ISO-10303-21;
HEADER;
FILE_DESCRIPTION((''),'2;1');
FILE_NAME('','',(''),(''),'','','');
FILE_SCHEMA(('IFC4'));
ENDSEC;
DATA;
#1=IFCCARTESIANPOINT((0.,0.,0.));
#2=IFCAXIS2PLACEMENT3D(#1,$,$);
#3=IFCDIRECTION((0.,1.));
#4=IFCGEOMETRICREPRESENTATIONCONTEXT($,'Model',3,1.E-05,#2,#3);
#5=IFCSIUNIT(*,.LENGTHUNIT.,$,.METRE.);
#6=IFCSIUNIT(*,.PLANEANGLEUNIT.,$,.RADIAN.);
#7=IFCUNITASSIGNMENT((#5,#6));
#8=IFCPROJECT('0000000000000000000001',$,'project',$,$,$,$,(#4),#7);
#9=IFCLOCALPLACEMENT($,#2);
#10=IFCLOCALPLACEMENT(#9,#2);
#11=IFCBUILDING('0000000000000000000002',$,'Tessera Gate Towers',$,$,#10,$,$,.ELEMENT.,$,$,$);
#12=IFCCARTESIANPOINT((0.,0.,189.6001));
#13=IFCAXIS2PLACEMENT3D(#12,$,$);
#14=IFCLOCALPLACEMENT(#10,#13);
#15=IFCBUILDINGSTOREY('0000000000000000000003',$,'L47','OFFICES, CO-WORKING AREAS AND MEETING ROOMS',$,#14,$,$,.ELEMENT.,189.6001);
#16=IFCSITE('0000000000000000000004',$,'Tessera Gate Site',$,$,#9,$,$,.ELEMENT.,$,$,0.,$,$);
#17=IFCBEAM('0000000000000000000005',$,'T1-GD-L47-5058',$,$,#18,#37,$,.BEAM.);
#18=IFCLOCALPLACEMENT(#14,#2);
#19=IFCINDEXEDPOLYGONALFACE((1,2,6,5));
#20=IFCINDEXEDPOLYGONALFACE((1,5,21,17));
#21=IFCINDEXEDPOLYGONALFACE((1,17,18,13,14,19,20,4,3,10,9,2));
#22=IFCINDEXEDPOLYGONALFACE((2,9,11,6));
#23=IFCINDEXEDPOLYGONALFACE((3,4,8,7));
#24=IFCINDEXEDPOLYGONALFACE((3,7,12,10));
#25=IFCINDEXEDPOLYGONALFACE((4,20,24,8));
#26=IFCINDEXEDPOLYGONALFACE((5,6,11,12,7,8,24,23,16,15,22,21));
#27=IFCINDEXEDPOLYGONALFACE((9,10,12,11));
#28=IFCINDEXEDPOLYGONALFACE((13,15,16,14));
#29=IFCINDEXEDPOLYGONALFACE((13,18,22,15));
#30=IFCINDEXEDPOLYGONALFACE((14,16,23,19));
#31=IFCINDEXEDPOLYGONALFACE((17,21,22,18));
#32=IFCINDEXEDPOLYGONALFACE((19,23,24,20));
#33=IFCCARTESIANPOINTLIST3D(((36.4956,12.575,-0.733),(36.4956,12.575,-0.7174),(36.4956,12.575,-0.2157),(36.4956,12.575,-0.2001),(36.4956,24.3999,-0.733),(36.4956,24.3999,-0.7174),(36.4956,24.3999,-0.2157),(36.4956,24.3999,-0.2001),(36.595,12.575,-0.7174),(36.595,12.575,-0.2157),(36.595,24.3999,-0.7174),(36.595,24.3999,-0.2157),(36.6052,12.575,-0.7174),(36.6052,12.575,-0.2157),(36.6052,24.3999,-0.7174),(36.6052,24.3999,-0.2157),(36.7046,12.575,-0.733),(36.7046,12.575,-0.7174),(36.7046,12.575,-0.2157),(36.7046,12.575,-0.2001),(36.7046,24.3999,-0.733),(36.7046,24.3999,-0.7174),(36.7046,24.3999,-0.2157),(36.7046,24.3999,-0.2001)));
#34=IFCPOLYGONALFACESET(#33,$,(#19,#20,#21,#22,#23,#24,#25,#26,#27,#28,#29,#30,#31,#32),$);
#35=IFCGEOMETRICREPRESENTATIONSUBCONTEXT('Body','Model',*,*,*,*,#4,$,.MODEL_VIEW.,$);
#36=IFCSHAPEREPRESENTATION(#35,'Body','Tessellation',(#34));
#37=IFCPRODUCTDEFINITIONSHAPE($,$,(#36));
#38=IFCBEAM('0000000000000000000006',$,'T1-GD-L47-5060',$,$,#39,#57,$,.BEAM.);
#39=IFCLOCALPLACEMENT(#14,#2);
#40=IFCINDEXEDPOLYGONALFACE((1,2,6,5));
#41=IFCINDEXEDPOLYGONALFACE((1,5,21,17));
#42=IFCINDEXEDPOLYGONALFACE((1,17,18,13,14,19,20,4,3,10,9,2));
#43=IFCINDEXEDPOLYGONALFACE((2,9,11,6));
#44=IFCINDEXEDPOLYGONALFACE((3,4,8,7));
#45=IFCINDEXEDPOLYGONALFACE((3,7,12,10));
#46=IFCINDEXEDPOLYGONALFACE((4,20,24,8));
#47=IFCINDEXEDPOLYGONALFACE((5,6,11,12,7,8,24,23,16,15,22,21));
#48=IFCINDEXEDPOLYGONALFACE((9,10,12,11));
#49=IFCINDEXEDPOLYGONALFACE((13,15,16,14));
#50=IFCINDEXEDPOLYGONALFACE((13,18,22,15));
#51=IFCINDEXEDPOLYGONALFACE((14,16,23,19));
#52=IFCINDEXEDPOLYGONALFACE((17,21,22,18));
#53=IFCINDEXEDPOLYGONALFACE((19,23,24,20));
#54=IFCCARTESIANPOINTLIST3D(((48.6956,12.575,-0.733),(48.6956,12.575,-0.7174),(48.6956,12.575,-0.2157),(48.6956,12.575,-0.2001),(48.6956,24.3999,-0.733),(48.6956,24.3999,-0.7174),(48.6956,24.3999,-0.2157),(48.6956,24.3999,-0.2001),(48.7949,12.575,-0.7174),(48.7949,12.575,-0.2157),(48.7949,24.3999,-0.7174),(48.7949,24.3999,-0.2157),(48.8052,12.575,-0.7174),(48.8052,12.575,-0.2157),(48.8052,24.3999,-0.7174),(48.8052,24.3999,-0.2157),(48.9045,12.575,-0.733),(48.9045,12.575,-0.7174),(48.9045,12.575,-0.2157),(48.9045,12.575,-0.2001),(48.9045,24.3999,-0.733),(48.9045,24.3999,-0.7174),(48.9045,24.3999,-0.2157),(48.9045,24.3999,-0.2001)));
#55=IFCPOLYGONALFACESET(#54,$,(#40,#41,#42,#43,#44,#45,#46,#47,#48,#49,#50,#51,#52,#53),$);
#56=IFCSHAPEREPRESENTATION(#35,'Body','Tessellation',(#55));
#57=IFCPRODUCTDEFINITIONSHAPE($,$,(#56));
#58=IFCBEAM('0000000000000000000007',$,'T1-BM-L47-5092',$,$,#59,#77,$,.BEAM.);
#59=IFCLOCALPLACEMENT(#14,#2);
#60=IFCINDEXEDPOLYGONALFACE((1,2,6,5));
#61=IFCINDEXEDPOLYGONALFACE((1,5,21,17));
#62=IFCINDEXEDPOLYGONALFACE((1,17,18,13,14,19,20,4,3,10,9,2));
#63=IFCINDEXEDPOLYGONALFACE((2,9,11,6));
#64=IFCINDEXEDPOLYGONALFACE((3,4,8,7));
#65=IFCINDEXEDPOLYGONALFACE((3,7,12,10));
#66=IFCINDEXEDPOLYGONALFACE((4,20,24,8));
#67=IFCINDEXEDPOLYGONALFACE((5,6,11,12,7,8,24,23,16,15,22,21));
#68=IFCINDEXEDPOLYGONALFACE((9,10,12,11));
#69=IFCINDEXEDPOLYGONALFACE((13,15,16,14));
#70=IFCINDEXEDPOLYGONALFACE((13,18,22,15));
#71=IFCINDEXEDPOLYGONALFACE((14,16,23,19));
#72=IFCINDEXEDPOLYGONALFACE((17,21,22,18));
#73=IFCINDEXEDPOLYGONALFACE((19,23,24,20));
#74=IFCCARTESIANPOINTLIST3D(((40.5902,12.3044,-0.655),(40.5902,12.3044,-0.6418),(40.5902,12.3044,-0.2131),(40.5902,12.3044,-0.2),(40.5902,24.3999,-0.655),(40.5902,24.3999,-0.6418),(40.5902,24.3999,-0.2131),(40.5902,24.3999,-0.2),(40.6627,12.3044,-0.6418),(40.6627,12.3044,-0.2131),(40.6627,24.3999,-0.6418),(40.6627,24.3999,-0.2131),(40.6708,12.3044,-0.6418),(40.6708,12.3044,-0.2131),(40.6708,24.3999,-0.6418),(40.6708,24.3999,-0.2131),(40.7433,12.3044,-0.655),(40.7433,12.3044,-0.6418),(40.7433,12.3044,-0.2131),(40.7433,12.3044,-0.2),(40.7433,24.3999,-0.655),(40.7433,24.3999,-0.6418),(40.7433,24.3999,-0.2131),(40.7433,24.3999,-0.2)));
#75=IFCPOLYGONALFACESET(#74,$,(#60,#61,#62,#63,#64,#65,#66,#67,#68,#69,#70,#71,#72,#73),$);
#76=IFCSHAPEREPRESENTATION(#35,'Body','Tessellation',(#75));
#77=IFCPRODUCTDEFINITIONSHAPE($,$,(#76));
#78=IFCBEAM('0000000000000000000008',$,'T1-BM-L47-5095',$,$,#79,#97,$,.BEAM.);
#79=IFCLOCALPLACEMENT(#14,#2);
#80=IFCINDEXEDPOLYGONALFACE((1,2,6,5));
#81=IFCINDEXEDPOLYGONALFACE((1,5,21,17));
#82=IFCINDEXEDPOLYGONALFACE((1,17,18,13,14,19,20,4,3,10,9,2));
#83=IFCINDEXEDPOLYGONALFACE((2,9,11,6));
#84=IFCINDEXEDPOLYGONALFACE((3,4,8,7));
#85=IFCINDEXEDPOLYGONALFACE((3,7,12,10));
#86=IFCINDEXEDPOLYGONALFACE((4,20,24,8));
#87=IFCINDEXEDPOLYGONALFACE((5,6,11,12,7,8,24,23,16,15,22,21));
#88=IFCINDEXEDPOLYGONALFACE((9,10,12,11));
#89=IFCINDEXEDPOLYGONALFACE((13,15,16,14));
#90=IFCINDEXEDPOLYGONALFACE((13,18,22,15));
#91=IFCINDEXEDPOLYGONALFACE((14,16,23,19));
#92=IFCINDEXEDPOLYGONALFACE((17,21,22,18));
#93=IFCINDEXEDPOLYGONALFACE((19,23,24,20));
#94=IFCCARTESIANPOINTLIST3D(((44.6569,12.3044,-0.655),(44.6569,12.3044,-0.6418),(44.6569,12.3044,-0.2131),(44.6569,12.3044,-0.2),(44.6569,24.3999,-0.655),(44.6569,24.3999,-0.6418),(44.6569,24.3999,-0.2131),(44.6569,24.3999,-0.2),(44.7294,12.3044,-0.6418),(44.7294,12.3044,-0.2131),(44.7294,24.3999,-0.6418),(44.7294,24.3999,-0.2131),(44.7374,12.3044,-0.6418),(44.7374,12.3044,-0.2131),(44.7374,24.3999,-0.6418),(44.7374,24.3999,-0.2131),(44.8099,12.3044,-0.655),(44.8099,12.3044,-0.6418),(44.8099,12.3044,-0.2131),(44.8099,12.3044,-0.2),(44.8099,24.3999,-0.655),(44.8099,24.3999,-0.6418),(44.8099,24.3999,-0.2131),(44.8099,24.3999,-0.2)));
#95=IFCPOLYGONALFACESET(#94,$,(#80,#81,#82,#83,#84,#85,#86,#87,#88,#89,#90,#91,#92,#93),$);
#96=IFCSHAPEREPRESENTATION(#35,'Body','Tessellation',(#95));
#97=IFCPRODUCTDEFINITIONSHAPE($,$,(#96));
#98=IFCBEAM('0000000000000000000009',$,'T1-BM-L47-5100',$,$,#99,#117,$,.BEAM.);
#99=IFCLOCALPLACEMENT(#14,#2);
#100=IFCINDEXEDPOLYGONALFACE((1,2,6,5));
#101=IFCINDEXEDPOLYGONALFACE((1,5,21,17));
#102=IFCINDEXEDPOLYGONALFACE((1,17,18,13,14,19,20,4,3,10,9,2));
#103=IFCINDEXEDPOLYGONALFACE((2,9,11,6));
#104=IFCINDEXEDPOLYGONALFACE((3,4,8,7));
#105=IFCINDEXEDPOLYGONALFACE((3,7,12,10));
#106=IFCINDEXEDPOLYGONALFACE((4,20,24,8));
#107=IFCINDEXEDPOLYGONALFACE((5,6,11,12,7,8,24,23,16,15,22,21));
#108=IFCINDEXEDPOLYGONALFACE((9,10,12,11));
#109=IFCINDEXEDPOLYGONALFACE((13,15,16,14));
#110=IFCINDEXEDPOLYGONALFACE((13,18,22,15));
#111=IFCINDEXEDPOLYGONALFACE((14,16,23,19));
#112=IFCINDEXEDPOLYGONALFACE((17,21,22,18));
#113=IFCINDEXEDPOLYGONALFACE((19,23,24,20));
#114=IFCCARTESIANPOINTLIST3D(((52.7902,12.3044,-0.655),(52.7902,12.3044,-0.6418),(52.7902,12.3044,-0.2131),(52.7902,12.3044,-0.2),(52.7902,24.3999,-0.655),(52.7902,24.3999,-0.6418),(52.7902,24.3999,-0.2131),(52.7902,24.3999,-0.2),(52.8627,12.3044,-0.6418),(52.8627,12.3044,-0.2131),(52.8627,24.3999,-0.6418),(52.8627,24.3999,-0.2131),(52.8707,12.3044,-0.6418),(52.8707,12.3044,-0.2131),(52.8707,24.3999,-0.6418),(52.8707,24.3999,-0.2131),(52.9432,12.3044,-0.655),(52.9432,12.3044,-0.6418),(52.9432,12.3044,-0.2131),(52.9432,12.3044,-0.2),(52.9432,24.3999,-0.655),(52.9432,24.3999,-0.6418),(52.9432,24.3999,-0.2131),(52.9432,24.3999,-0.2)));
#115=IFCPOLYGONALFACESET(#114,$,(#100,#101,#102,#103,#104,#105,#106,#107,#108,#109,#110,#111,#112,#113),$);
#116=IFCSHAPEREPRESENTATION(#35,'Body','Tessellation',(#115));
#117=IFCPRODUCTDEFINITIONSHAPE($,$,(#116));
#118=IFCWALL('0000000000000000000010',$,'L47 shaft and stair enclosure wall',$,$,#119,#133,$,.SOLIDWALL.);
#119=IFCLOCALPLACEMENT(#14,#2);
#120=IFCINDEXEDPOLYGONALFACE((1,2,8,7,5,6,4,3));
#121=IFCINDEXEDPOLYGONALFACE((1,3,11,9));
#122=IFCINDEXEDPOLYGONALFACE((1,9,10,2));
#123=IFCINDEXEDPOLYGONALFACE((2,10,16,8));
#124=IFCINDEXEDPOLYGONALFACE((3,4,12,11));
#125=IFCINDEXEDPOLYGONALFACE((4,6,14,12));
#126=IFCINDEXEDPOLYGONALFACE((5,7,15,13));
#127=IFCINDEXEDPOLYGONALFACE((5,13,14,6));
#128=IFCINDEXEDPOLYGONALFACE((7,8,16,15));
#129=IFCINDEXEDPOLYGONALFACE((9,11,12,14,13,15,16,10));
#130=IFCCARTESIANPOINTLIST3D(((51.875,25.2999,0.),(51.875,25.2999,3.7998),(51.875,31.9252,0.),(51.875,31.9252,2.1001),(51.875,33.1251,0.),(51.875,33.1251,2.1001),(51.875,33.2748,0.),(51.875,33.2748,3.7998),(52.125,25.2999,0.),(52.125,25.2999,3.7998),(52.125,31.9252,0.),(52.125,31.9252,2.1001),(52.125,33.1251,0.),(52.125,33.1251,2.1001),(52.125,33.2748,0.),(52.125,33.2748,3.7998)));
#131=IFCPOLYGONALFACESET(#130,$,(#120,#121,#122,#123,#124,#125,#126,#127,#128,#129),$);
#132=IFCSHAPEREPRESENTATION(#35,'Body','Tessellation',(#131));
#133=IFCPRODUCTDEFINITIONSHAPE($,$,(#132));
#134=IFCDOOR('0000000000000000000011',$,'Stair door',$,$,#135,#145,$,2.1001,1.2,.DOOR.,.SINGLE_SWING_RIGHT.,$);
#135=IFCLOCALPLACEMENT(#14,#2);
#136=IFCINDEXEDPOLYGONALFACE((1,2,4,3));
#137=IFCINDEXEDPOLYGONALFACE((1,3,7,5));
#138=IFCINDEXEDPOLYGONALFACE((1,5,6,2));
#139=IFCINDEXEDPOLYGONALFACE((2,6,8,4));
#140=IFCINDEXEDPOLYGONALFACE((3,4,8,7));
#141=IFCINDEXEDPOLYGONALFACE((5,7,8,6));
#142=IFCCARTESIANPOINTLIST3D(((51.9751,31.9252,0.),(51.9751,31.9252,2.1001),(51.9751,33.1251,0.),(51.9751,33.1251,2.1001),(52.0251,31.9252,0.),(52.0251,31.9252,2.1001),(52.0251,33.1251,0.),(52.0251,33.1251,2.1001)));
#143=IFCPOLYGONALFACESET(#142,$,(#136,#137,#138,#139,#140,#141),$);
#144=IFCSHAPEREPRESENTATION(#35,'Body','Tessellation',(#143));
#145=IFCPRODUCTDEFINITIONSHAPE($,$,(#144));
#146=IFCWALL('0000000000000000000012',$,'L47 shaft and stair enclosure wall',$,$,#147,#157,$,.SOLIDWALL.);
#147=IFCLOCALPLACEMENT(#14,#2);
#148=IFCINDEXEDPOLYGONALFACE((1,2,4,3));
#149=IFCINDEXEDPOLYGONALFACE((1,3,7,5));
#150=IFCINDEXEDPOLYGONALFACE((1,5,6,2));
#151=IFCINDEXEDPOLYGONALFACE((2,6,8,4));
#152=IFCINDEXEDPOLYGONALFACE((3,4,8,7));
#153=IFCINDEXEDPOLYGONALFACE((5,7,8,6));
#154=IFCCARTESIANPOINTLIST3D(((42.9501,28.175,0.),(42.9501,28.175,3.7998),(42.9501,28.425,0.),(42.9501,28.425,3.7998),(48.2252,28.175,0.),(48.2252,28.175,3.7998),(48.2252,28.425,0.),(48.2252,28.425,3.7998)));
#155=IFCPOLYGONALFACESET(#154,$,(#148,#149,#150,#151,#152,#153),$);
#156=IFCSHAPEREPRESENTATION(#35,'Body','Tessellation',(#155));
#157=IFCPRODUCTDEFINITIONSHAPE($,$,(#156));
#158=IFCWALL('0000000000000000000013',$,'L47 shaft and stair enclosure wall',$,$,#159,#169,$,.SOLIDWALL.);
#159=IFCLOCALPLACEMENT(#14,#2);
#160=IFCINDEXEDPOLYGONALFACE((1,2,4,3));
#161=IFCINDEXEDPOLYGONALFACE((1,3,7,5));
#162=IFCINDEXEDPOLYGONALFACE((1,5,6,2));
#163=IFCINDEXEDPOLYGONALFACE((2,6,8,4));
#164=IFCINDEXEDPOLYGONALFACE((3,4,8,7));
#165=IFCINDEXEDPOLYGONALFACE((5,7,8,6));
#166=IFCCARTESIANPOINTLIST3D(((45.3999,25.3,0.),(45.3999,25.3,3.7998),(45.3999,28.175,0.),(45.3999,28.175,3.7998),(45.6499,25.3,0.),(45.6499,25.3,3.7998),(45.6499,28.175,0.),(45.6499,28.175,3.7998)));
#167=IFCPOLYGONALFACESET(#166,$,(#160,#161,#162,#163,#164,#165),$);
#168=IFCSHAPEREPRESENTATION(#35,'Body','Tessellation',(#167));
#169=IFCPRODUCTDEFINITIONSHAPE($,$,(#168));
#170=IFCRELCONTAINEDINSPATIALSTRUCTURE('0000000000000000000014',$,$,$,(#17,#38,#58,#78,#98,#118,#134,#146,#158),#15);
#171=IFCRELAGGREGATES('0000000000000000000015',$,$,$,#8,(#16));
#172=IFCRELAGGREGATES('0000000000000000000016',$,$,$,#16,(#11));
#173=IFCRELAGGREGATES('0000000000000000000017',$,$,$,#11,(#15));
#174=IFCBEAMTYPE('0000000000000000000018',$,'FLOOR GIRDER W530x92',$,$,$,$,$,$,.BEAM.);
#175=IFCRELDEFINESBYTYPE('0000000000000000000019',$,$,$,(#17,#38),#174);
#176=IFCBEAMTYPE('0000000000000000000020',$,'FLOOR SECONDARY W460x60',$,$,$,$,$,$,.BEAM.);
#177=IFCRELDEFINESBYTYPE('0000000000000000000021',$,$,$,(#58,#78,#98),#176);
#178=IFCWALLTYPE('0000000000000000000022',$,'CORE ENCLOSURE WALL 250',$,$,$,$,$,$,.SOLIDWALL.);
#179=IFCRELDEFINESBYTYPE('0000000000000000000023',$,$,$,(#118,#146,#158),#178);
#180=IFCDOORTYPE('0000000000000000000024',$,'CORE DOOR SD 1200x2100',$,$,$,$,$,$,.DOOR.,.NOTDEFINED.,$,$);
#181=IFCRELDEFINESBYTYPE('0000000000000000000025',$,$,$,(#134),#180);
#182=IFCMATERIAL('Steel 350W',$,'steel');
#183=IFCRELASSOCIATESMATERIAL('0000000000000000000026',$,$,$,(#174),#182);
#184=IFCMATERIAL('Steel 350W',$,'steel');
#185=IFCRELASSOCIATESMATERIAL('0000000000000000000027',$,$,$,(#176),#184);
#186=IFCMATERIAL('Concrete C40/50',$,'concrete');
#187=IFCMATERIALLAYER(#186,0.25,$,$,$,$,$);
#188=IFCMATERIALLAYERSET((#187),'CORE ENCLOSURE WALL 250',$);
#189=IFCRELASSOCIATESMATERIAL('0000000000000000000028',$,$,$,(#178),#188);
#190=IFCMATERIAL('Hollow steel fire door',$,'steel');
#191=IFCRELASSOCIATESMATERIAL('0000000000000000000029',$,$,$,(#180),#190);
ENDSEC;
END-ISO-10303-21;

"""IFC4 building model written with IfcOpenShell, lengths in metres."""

from ifc_helpers import new_model, si_unit, direction, frame, frame_2d, origin, origin_2d, place, context, subcontext, project, spatial, rectangle, i_section, extrude, source, transform, mapped, material, layer, layer_set, material_profile, profile_set, type_object, element, fill, save


model = new_model("IFC4")

# Units and contexts
model_context = context("Model", 3, precision=1e-05, world=origin(), true_north=direction((0.0, 1.0)))
body_context = subcontext(model_context, "Body", "Model", "MODEL_VIEW")
ifc_project = project(units=[si_unit("LENGTHUNIT", "METRE"), si_unit("PLANEANGLEUNIT", "RADIAN")], contexts=[model_context])

# Site, building, storey
site_placement = place(None, origin())
site = spatial("IfcSite", under=ifc_project, at=site_placement, Name="Tessera Gate Site", CompositionType="ELEMENT", RefElevation=0.0)
building_placement = place(site_placement, origin())
building = spatial("IfcBuilding", under=site, at=building_placement, Name="Tessera Gate Towers", CompositionType="ELEMENT")
storey_placement = place(building_placement, frame((0.0, 0.0, 189.6001)))
storey = spatial("IfcBuildingStorey", under=building, at=storey_placement, Name="L47", Description="OFFICES, CO-WORKING AREAS AND MEETING ROOMS", CompositionType="ELEMENT", Elevation=189.6001)

# Beams
ifc_material_1 = material(Name="Steel 350W", Category="steel")
ifc_material_profile_1 = material_profile(ifc_material_1, i_section(OverallWidth=0.209, OverallDepth=0.533, WebThickness=0.0103, FlangeThickness=0.0156, at=origin_2d()), Name="W530x92")
ifc_profile_set_1 = profile_set([ifc_material_profile_1], Name="Steel 350W")
beam_type_1 = type_object("IfcBeamType", Name="FLOOR GIRDER W530x92", PredefinedType="BEAM", material=ifc_profile_set_1)
for number, where, z_axis, x_axis, name in (
    (1, (36.6001, 12.575, -0.4666), (0.0, 1.0, 0.0), (-1.0, 0.0, 0.0), "T1-GD-L47-5058"),
    (2, (48.8, 12.575, -0.4666), (0.0, 1.0, 0.0), (-1.0, 0.0, 0.0), "T1-GD-L47-5060"),
):
    element("IfcBeam", number, at=place(storey_placement, frame(where, z_axis=z_axis, x_axis=x_axis)), inside=storey, type_object=beam_type_1, Name=name, PredefinedType="BEAM", context=body_context, shape_type="SweptSolid", body=[
        extrude(i_section(OverallWidth=0.209, OverallDepth=0.533, WebThickness=0.0103, FlangeThickness=0.0156, at=origin_2d()), origin(), (0.0, 0.0, 1.0), 11.825),
    ])
ifc_material_2 = material(Name="Steel 350W", Category="steel")
ifc_material_profile_2 = material_profile(ifc_material_2, i_section(OverallWidth=0.1531, OverallDepth=0.4551, WebThickness=0.0081, FlangeThickness=0.0132, at=origin_2d()), Name="W460x60")
ifc_profile_set_2 = profile_set([ifc_material_profile_2], Name="Steel 350W")
beam_type_2 = type_object("IfcBeamType", Name="FLOOR SECONDARY W460x60", PredefinedType="BEAM", material=ifc_profile_set_2)
for number, where, z_axis, x_axis, name in (
    (3, (40.6667, 12.3044, -0.4275), (0.0, 1.0, 0.0), (-1.0, 0.0, 0.0), "T1-BM-L47-5092"),
    (4, (44.7334, 12.3044, -0.4275), (0.0, 1.0, 0.0), (-1.0, 0.0, 0.0), "T1-BM-L47-5095"),
    (5, (52.8667, 12.3044, -0.4275), (0.0, 1.0, 0.0), (-1.0, 0.0, 0.0), "T1-BM-L47-5100"),
):
    element("IfcBeam", number, at=place(storey_placement, frame(where, z_axis=z_axis, x_axis=x_axis)), inside=storey, type_object=beam_type_2, Name=name, PredefinedType="BEAM", context=body_context, shape_type="SweptSolid", body=[
        extrude(i_section(OverallWidth=0.1531, OverallDepth=0.4551, WebThickness=0.0081, FlangeThickness=0.0132, at=origin_2d()), origin(), (0.0, 0.0, 1.0), 12.0955),
    ])

# Wall, opening, door
ifc_material_3 = material(Name="Concrete C40/50", Category="concrete")
ifc_layer_1 = layer(ifc_material_3, 0.25)
ifc_layer_set_1 = layer_set([ifc_layer_1], Name="CORE ENCLOSURE WALL 250")
wall_type_1 = type_object("IfcWallType", Name="CORE ENCLOSURE WALL 250", PredefinedType="SOLIDWALL", material=ifc_layer_set_1)
wall_1_placement = place(storey_placement, frame((52.0, 25.3, 0.0), z_axis=(0.0, 0.0, 1.0), x_axis=(0.0, 1.0, 0.0)))
wall_1 = element("IfcWall", 6, at=wall_1_placement, inside=storey, type_object=wall_type_1, Name="L47 shaft and stair enclosure wall", PredefinedType="SOLIDWALL", context=body_context, shape_type="SweptSolid", body=[
    extrude(rectangle(XDim=7.9749, YDim=0.25, at=frame_2d((3.9873, 0.0))), origin(), (0.0, 0.0, 1.0), 3.7998),
])
shared_shape_1 = source(origin(), body_context, "Body", "SweptSolid", [
    extrude(rectangle(XDim=1.2, YDim=2.1001, at=frame_2d((0.6001, 1.05))), frame((0.0, 0.135, 0.0), z_axis=(0.0, -1.0, 0.0), x_axis=(1.0, 0.0, 0.0)), (0.0, 0.0, 1.0), 0.27),
])
opening_1_placement = place(wall_1_placement, frame((6.625, 0.0, 0.0)))
opening_1 = element("IfcOpeningElement", 7, at=opening_1_placement, cuts=wall_1, PredefinedType="OPENING", context=body_context, shape_type="MappedRepresentation", body=[
    mapped(shared_shape_1, transform((0.0, 0.0, 0.0), scale=1.0)),
])
ifc_material_4 = material(Name="Hollow steel fire door", Category="steel")
door_type_1 = type_object("IfcDoorType", Name="CORE DOOR SD 1200x2100", OperationType="NOTDEFINED", PredefinedType="DOOR", material=ifc_material_4)
shared_shape_2 = source(origin(), body_context, "Body", "SweptSolid", [
    extrude(rectangle(XDim=1.2, YDim=2.1001, at=frame_2d((0.6001, 1.05))), frame((0.0, 0.0249, 0.0), z_axis=(0.0, -1.0, 0.0), x_axis=(1.0, 0.0, 0.0)), (0.0, 0.0, 1.0), 0.05),
])
door_1_placement = place(opening_1_placement, origin())
door_1 = element("IfcDoor", 8, at=door_1_placement, inside=storey, type_object=door_type_1, Name="Stair door", OperationType="SINGLE_SWING_RIGHT", OverallHeight=2.1001, OverallWidth=1.2, PredefinedType="DOOR", context=body_context, shape_type="MappedRepresentation", body=[
    mapped(shared_shape_2, transform((0.0, 0.0, 0.0), scale=1.0)),
])
fill(opening_1, door_1)

# Walls
wall_2_placement = place(storey_placement, frame((42.95, 28.3, 0.0), z_axis=(0.0, 0.0, 1.0), x_axis=(1.0, 0.0, 0.0)))
element("IfcWall", 9, at=wall_2_placement, inside=storey, type_object=wall_type_1, Name="L47 shaft and stair enclosure wall", PredefinedType="SOLIDWALL", context=body_context, shape_type="SweptSolid", body=[
    extrude(rectangle(XDim=5.2751, YDim=0.25, at=frame_2d((2.6377, 0.0))), origin(), (0.0, 0.0, 1.0), 3.7998),
])
wall_3_placement = place(storey_placement, frame((45.5249, 25.3, 0.0), z_axis=(0.0, 0.0, 1.0), x_axis=(0.0, 1.0, 0.0)))
element("IfcWall", 10, at=wall_3_placement, inside=storey, type_object=wall_type_1, Name="L47 shaft and stair enclosure wall", PredefinedType="SOLIDWALL", context=body_context, shape_type="SweptSolid", body=[
    extrude(rectangle(XDim=2.875, YDim=0.25, at=frame_2d((1.4375, 0.0))), origin(), (0.0, 0.0, 1.0), 3.7998),
])

save(model, "model.ifc")
